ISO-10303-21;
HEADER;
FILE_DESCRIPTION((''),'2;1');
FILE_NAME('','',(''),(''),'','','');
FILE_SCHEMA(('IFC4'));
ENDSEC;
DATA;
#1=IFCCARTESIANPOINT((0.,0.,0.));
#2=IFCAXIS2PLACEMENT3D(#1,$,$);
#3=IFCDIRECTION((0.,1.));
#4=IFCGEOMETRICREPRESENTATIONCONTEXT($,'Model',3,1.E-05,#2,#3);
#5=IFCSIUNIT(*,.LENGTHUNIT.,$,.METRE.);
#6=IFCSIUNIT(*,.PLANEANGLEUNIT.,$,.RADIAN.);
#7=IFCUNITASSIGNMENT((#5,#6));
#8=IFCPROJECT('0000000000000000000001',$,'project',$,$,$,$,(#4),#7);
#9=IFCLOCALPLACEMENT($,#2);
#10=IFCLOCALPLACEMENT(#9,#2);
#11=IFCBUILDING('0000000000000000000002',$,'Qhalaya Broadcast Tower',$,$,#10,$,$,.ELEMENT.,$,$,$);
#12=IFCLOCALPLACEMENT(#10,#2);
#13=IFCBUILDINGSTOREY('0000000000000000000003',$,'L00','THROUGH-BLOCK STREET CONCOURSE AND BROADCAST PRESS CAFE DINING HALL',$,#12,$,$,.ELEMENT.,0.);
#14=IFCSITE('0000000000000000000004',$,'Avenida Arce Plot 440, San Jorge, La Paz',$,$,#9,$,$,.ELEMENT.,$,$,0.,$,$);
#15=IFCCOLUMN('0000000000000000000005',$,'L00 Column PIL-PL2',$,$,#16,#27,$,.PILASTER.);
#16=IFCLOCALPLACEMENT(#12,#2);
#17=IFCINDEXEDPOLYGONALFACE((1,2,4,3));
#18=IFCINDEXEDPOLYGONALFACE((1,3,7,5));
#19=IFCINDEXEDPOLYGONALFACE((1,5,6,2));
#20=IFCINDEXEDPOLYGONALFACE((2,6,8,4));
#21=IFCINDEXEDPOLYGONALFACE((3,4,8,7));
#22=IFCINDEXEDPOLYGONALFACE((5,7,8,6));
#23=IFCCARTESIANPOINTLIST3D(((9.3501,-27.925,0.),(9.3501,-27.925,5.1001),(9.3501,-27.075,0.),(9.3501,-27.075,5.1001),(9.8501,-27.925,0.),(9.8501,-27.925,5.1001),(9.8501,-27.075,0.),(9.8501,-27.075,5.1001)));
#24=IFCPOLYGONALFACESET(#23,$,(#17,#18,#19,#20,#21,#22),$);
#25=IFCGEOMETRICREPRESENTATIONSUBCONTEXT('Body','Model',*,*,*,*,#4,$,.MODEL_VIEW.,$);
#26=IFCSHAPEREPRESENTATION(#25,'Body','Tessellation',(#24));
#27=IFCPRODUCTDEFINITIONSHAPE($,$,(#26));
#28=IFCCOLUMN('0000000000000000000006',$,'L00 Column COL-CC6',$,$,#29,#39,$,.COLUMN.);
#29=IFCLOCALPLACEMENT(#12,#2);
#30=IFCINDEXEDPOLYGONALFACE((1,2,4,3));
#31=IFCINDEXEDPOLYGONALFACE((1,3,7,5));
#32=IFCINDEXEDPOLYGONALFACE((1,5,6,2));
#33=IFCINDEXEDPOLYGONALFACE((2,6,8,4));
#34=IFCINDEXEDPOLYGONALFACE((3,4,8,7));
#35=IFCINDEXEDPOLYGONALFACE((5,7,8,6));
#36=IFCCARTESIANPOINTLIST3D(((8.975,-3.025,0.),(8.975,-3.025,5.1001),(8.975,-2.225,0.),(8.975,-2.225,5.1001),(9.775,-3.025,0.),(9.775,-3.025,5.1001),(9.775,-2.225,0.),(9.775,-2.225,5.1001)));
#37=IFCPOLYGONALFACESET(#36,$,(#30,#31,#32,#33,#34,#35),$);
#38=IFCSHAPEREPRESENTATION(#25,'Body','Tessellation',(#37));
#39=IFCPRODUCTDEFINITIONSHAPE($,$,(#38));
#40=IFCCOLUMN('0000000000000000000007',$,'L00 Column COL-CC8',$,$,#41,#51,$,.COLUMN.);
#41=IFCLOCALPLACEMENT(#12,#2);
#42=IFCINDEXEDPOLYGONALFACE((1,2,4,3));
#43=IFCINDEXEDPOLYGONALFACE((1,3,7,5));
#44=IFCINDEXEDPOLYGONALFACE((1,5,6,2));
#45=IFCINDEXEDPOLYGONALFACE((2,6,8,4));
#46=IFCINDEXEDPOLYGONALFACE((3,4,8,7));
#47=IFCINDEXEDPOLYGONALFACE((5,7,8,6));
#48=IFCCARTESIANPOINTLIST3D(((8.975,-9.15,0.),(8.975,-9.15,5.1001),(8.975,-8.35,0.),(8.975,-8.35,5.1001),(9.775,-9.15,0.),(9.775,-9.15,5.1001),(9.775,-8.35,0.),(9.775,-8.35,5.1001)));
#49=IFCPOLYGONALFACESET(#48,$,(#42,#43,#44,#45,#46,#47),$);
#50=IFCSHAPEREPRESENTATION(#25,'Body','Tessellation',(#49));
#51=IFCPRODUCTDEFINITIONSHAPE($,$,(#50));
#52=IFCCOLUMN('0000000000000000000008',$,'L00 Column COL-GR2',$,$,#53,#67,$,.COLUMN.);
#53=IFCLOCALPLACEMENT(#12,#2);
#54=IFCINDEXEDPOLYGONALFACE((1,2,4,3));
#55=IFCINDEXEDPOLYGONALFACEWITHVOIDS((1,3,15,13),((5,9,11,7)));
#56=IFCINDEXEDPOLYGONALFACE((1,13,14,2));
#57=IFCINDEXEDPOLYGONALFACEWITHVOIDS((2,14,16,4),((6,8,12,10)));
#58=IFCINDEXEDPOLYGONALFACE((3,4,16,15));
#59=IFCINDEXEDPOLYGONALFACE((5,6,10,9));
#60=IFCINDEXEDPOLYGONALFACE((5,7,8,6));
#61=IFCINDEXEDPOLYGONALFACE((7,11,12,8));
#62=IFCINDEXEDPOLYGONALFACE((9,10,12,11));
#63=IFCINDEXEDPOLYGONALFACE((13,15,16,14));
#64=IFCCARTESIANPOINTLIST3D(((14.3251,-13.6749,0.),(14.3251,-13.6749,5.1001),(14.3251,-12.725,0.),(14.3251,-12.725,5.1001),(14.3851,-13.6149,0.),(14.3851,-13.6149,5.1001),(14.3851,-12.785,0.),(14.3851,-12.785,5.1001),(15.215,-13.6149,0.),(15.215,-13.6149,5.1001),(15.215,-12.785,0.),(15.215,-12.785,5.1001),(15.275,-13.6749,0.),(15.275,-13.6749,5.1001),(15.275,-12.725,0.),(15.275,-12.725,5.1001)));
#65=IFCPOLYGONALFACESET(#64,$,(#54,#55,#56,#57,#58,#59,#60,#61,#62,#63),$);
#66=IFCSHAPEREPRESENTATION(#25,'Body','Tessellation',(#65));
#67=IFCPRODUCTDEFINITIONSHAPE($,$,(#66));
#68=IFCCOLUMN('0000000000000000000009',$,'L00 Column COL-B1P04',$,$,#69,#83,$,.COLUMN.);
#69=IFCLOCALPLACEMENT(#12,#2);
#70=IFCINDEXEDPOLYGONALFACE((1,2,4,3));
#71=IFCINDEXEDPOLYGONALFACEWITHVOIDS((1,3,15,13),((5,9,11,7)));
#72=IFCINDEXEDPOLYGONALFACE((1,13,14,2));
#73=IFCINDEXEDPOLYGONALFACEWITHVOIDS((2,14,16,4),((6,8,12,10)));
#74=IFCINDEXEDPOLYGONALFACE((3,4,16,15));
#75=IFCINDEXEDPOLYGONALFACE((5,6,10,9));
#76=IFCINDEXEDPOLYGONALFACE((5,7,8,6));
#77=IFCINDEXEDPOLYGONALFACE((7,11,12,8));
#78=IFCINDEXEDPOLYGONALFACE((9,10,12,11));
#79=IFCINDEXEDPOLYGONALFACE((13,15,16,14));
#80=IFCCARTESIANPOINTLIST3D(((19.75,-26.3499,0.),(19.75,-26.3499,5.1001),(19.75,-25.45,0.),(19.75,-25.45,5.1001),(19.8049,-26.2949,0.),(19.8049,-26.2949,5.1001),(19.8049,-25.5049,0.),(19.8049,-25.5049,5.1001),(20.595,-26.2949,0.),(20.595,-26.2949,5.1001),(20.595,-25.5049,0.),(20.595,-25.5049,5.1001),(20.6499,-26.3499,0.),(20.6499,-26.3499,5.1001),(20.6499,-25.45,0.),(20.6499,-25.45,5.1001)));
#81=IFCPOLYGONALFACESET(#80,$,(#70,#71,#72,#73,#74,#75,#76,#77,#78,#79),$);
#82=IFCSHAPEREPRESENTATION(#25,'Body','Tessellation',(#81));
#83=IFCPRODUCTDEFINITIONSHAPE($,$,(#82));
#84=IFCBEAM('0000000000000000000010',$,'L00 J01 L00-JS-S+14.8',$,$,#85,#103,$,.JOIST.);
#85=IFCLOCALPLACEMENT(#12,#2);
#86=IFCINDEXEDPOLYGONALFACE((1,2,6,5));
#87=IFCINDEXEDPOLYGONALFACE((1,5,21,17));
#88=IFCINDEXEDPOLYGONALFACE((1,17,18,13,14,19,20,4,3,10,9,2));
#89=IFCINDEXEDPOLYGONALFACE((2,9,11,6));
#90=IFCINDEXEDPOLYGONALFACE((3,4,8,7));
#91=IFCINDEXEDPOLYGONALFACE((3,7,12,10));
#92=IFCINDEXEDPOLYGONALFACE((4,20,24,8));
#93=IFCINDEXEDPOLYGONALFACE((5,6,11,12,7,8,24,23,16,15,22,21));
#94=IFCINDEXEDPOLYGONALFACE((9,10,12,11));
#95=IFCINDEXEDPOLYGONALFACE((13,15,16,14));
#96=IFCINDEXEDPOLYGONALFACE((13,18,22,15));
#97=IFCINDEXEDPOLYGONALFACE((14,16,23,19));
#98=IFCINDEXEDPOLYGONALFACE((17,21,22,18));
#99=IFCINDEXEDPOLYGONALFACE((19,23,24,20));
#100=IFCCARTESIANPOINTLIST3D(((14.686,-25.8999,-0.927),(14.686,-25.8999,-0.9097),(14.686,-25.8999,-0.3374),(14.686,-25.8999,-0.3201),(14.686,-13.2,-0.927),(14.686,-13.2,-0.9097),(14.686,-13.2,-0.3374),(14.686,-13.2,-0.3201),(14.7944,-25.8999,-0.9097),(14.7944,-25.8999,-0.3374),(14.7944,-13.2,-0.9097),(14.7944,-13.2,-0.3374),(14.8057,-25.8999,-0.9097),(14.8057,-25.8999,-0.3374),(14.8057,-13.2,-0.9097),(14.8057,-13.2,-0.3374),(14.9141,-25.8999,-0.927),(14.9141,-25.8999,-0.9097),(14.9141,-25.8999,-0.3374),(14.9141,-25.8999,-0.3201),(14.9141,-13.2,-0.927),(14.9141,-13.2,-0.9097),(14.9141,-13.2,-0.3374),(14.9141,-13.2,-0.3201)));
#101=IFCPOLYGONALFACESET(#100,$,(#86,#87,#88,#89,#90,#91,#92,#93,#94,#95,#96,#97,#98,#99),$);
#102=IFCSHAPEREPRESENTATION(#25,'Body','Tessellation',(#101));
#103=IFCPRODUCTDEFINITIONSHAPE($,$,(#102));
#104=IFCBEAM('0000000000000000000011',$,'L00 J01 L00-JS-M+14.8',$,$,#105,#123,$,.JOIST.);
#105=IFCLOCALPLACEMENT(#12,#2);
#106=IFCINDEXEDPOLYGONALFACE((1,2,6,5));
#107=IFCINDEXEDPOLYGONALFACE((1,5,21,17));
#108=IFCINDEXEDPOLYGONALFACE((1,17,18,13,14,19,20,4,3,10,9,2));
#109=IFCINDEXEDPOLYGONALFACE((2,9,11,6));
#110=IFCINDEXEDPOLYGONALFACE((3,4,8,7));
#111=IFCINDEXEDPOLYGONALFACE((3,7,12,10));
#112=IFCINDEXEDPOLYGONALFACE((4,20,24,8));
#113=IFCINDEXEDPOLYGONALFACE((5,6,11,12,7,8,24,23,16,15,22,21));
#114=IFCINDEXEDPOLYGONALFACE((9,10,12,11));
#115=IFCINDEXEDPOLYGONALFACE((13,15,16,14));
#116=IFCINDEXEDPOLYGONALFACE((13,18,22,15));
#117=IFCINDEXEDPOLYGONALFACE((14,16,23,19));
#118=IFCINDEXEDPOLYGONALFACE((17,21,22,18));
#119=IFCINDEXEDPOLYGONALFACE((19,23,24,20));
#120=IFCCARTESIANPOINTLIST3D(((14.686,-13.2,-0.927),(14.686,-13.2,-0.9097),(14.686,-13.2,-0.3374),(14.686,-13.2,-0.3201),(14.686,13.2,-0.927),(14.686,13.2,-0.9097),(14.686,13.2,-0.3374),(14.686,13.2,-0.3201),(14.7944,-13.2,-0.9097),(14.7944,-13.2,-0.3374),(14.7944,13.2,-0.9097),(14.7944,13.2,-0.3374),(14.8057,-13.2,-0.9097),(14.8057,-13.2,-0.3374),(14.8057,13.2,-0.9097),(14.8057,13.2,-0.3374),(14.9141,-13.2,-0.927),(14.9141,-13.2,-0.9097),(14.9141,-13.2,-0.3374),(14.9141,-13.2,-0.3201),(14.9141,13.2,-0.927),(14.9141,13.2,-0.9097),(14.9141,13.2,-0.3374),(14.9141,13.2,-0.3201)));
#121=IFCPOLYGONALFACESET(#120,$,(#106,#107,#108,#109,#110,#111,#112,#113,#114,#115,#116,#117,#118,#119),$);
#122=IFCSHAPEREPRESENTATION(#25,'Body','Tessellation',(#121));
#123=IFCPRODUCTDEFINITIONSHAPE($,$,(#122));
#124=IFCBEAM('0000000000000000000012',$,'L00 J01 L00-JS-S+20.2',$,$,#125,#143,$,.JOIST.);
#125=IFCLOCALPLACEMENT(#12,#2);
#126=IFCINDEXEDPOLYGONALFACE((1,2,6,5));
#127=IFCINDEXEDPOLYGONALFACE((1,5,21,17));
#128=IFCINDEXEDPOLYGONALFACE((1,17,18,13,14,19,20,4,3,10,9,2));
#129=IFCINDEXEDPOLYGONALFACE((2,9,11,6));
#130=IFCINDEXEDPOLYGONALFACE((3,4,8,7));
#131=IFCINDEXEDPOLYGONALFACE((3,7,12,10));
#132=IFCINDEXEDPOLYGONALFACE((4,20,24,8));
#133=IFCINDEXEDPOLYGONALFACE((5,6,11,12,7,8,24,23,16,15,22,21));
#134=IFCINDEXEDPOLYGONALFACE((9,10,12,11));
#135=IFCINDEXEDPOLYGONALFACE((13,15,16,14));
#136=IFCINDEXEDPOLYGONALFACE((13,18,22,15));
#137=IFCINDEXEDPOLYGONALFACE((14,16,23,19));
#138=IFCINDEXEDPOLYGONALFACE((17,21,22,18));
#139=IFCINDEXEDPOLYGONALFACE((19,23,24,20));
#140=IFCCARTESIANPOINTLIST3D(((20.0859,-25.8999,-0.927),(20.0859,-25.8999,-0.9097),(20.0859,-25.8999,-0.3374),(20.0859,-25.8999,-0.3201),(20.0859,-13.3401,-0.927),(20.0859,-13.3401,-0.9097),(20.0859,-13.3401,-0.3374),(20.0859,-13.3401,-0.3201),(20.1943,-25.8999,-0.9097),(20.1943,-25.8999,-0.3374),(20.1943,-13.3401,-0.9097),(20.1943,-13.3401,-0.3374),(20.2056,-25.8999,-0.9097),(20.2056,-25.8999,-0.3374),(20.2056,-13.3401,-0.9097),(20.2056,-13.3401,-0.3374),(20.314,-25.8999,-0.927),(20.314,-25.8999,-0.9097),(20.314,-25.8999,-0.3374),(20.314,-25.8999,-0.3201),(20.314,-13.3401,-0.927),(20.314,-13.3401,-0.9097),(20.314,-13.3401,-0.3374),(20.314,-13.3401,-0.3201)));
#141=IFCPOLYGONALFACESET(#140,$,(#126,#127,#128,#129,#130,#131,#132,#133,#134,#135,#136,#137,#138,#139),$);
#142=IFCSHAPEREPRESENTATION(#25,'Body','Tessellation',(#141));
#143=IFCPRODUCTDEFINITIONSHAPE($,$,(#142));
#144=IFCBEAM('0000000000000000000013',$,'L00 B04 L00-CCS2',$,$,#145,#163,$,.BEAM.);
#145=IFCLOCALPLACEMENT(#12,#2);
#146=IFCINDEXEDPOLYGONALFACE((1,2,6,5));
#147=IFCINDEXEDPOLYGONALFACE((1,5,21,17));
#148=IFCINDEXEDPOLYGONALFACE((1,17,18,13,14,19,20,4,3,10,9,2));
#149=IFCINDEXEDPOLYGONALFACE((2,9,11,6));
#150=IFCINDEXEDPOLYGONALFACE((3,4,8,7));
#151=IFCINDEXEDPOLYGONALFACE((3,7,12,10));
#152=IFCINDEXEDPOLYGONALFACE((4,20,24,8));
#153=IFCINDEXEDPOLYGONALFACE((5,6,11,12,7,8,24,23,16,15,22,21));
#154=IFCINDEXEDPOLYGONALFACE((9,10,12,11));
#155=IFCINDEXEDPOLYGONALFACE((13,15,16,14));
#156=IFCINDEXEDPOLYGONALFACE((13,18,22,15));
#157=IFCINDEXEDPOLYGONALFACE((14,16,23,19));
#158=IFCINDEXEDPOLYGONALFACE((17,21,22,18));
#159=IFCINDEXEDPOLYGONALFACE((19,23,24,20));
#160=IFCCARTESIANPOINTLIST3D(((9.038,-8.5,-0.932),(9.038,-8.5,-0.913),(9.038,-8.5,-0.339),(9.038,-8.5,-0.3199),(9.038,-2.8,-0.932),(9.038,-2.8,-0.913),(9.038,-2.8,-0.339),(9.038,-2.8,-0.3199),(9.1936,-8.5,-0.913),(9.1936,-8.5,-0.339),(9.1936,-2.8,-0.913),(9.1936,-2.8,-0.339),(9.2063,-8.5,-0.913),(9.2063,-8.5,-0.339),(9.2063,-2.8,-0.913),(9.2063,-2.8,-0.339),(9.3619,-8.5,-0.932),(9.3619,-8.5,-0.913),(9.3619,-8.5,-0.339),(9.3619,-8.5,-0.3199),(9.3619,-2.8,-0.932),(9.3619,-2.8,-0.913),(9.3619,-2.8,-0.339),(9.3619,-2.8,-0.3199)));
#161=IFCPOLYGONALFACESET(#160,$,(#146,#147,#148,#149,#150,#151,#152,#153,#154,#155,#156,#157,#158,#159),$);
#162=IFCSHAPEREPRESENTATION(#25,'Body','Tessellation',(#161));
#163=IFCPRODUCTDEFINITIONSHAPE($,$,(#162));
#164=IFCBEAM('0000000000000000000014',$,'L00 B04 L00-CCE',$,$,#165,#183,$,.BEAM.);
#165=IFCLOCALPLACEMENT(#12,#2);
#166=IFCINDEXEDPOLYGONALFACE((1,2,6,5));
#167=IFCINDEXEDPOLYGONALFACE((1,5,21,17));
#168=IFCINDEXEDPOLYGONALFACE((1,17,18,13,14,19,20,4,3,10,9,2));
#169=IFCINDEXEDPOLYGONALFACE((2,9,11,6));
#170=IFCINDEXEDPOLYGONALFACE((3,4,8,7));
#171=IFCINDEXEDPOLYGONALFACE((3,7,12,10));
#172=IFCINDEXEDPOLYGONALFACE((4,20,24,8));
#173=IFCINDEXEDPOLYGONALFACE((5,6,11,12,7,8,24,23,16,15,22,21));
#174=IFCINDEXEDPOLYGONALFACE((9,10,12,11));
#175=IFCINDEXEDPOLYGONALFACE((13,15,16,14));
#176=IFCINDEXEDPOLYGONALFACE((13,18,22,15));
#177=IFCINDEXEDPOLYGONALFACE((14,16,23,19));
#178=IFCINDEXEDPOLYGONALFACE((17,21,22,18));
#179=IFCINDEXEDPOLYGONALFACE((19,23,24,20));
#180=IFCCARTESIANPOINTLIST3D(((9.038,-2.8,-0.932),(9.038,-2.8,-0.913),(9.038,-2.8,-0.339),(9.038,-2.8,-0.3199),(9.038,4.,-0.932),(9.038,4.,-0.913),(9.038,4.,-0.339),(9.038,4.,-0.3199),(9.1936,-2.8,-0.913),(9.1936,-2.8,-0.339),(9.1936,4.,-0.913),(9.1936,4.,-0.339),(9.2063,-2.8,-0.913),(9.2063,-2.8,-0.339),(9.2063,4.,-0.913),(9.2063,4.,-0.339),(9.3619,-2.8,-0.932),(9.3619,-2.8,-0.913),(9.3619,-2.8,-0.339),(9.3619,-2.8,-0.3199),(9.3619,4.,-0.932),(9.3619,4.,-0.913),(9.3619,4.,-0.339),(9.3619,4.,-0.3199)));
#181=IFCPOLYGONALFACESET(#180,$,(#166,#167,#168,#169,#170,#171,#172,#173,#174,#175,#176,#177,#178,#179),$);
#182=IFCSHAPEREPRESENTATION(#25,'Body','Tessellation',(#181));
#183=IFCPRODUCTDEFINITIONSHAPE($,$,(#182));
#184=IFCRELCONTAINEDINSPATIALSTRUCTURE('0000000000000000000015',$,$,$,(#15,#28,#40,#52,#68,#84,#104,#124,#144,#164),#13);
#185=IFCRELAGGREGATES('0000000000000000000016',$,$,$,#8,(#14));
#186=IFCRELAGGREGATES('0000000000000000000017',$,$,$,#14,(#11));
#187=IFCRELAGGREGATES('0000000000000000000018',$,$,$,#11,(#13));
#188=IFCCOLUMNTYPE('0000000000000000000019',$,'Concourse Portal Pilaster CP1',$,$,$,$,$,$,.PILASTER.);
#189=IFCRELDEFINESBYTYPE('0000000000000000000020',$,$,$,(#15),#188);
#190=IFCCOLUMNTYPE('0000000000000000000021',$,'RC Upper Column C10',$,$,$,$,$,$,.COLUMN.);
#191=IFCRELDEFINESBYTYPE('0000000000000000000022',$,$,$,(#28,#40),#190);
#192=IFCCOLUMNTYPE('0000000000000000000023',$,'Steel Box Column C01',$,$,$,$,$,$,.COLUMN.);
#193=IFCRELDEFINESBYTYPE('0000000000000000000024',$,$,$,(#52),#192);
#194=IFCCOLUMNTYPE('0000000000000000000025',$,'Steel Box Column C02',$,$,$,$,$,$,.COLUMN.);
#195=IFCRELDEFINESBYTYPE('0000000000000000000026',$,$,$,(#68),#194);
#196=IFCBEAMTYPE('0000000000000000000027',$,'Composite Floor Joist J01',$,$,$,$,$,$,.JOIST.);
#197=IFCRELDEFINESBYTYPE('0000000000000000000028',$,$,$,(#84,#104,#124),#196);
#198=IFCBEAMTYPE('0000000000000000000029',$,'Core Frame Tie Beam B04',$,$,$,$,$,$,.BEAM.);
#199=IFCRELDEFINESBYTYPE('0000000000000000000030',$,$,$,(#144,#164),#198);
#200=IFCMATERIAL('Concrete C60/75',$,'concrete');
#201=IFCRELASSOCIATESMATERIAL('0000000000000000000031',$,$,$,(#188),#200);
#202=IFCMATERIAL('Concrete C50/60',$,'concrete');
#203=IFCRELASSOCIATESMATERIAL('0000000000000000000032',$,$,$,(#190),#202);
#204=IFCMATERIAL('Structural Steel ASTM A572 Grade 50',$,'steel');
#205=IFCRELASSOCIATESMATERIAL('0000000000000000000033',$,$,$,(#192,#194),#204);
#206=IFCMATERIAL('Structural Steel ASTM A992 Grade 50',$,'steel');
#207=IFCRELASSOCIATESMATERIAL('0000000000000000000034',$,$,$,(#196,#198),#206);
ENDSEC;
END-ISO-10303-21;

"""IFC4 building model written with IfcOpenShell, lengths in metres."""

from ifc_helpers import new_model, si_unit, direction, frame, origin, origin_2d, place, context, subcontext, project, spatial, rectangle, hollow_rectangle, i_section, extrude, material, material_profile, profile_set, type_object, element, save


model = new_model("IFC4")

# Units and contexts
model_context = context("Model", 3, precision=1e-05, world=origin(), true_north=direction((0.0, 1.0)))
body_context = subcontext(model_context, "Body", "Model", "MODEL_VIEW")
ifc_project = project(units=[si_unit("LENGTHUNIT", "METRE"), si_unit("PLANEANGLEUNIT", "RADIAN")], contexts=[model_context])

# Site, building, storey
site_placement = place(None, origin())
site = spatial("IfcSite", under=ifc_project, at=site_placement, Name="Avenida Arce Plot 440, San Jorge, La Paz", CompositionType="ELEMENT", RefElevation=0.0)
building_placement = place(site_placement, origin())
building = spatial("IfcBuilding", under=site, at=building_placement, Name="Qhalaya Broadcast Tower", CompositionType="ELEMENT")
storey_placement = place(building_placement, origin())
storey = spatial("IfcBuildingStorey", under=building, at=storey_placement, Name="L00", Description="THROUGH-BLOCK STREET CONCOURSE AND BROADCAST PRESS CAFE DINING HALL", CompositionType="ELEMENT", Elevation=0.0)

# Columns
ifc_material_1 = material(Name="Concrete C60/75", Category="concrete")
ifc_material_profile_1 = material_profile(ifc_material_1, rectangle(XDim=0.5, YDim=0.8501, at=origin_2d()), Name="RC-PIL 500x850")
ifc_profile_set_1 = profile_set([ifc_material_profile_1], Name="Concrete C60/75")
column_type_1 = type_object("IfcColumnType", Name="Concourse Portal Pilaster CP1", PredefinedType="PILASTER", material=ifc_profile_set_1)
column_1_placement = place(storey_placement, frame((9.6001, -27.5, 0.0), z_axis=(0.0, 0.0, 1.0), x_axis=(1.0, 0.0, 0.0)))
element("IfcColumn", 1, at=column_1_placement, inside=storey, type_object=column_type_1, Name="L00 Column PIL-PL2", PredefinedType="PILASTER", context=body_context, shape_type="SweptSolid", body=[
    extrude(rectangle(XDim=0.5, YDim=0.8501, at=origin_2d()), origin(), (0.0, 0.0, 1.0), 5.1001),
])
ifc_material_2 = material(Name="Concrete C50/60", Category="concrete")
ifc_material_profile_2 = material_profile(ifc_material_2, rectangle(XDim=0.8, YDim=0.8, at=origin_2d()), Name="RC-COL 800x800")
ifc_profile_set_2 = profile_set([ifc_material_profile_2], Name="Concrete C50/60")
column_type_2 = type_object("IfcColumnType", Name="RC Upper Column C10", PredefinedType="COLUMN", material=ifc_profile_set_2)
for number, where, z_axis, x_axis, name in (
    (2, (9.375, -2.625, 0.0), (0.0, 0.0, 1.0), (1.0, 0.0, 0.0), "L00 Column COL-CC6"),
    (3, (9.375, -8.75, 0.0), (0.0, 0.0, 1.0), (1.0, 0.0, 0.0), "L00 Column COL-CC8"),
):
    element("IfcColumn", number, at=place(storey_placement, frame(where, z_axis=z_axis, x_axis=x_axis)), inside=storey, type_object=column_type_2, Name=name, PredefinedType="COLUMN", context=body_context, shape_type="SweptSolid", body=[
        extrude(rectangle(XDim=0.8, YDim=0.8, at=origin_2d()), origin(), (0.0, 0.0, 1.0), 5.1001),
    ])
ifc_material_3 = material(Name="Structural Steel ASTM A572 Grade 50", Category="steel")
ifc_material_profile_3 = material_profile(ifc_material_3, hollow_rectangle(XDim=0.95, YDim=0.95, WallThickness=0.0601, at=origin_2d()), Name="BOX 950x950x60")
ifc_profile_set_3 = profile_set([ifc_material_profile_3], Name="Structural Steel ASTM A572 Grade 50")
column_type_3 = type_object("IfcColumnType", Name="Steel Box Column C01", PredefinedType="COLUMN", material=ifc_profile_set_3)
column_2_placement = place(storey_placement, frame((14.8, -13.2, 0.0), z_axis=(0.0, 0.0, 1.0), x_axis=(1.0, 0.0, 0.0)))
element("IfcColumn", 4, at=column_2_placement, inside=storey, type_object=column_type_3, Name="L00 Column COL-GR2", PredefinedType="COLUMN", context=body_context, shape_type="SweptSolid", body=[
    extrude(hollow_rectangle(XDim=0.95, YDim=0.95, WallThickness=0.0601, at=origin_2d()), origin(), (0.0, 0.0, 1.0), 5.1001),
])
ifc_material_profile_4 = material_profile(ifc_material_3, hollow_rectangle(XDim=0.8999, YDim=0.8999, WallThickness=0.0549, at=origin_2d()), Name="BOX 900x900x55")
ifc_profile_set_4 = profile_set([ifc_material_profile_4], Name="Structural Steel ASTM A572 Grade 50")
column_type_4 = type_object("IfcColumnType", Name="Steel Box Column C02", PredefinedType="COLUMN", material=ifc_profile_set_4)
column_3_placement = place(storey_placement, frame((20.2, -25.8999, 0.0), z_axis=(0.0, 0.0, 1.0), x_axis=(1.0, 0.0, 0.0)))
element("IfcColumn", 5, at=column_3_placement, inside=storey, type_object=column_type_4, Name="L00 Column COL-B1P04", PredefinedType="COLUMN", context=body_context, shape_type="SweptSolid", body=[
    extrude(hollow_rectangle(XDim=0.8999, YDim=0.8999, WallThickness=0.0549, at=origin_2d()), origin(), (0.0, 0.0, 1.0), 5.1001),
])

# Beams
ifc_material_4 = material(Name="Structural Steel ASTM A992 Grade 50", Category="steel")
ifc_material_profile_5 = material_profile(ifc_material_4, i_section(OverallWidth=0.228, OverallDepth=0.6069, WebThickness=0.0112, FlangeThickness=0.0173, at=origin_2d()), Name="W24X76")
ifc_profile_set_5 = profile_set([ifc_material_profile_5], Name="Structural Steel ASTM A992 Grade 50")
beam_type_1 = type_object("IfcBeamType", Name="Composite Floor Joist J01", PredefinedType="JOIST", material=ifc_profile_set_5)
beam_1_placement = place(storey_placement, frame((14.8, -25.8999, -0.6235), z_axis=(0.0, 1.0, 0.0), x_axis=(-1.0, 0.0, 0.0)))
element("IfcBeam", 6, at=beam_1_placement, inside=storey, type_object=beam_type_1, Name="L00 J01 L00-JS-S+14.8", PredefinedType="JOIST", context=body_context, shape_type="SweptSolid", body=[
    extrude(i_section(OverallWidth=0.228, OverallDepth=0.6069, WebThickness=0.0112, FlangeThickness=0.0173, at=origin_2d()), origin(), (0.0, 0.0, 1.0), 12.7),
])
beam_2_placement = place(storey_placement, frame((14.8, -13.2, -0.6235), z_axis=(0.0, 1.0, 0.0), x_axis=(-1.0, 0.0, 0.0)))
element("IfcBeam", 7, at=beam_2_placement, inside=storey, type_object=beam_type_1, Name="L00 J01 L00-JS-M+14.8", PredefinedType="JOIST", context=body_context, shape_type="SweptSolid", body=[
    extrude(i_section(OverallWidth=0.228, OverallDepth=0.6069, WebThickness=0.0112, FlangeThickness=0.0173, at=origin_2d()), origin(), (0.0, 0.0, 1.0), 26.3999),
])
beam_3_placement = place(storey_placement, frame((20.2, -25.8999, -0.6235), z_axis=(0.0, 1.0, 0.0), x_axis=(-1.0, 0.0, 0.0)))
element("IfcBeam", 8, at=beam_3_placement, inside=storey, type_object=beam_type_1, Name="L00 J01 L00-JS-S+20.2", PredefinedType="JOIST", context=body_context, shape_type="SweptSolid", body=[
    extrude(i_section(OverallWidth=0.228, OverallDepth=0.6069, WebThickness=0.0112, FlangeThickness=0.0173, at=origin_2d()), origin(), (0.0, 0.0, 1.0), 12.5598),
])
ifc_material_profile_6 = material_profile(ifc_material_4, i_section(OverallWidth=0.324, OverallDepth=0.6121, WebThickness=0.0127, FlangeThickness=0.019, at=origin_2d()), Name="W24X104")
ifc_profile_set_6 = profile_set([ifc_material_profile_6], Name="Structural Steel ASTM A992 Grade 50")
beam_type_2 = type_object("IfcBeamType", Name="Core Frame Tie Beam B04", PredefinedType="BEAM", material=ifc_profile_set_6)
beam_4_placement = place(storey_placement, frame((9.2, -8.5, -0.626), z_axis=(0.0, 1.0, 0.0), x_axis=(-1.0, 0.0, 0.0)))
element("IfcBeam", 9, at=beam_4_placement, inside=storey, type_object=beam_type_2, Name="L00 B04 L00-CCS2", PredefinedType="BEAM", context=body_context, shape_type="SweptSolid", body=[
    extrude(i_section(OverallWidth=0.324, OverallDepth=0.6121, WebThickness=0.0127, FlangeThickness=0.019, at=origin_2d()), origin(), (0.0, 0.0, 1.0), 5.7),
])
beam_5_placement = place(storey_placement, frame((9.2, -2.8, -0.626), z_axis=(0.0, 1.0, 0.0), x_axis=(-1.0, 0.0, 0.0)))
element("IfcBeam", 10, at=beam_5_placement, inside=storey, type_object=beam_type_2, Name="L00 B04 L00-CCE", PredefinedType="BEAM", context=body_context, shape_type="SweptSolid", body=[
    extrude(i_section(OverallWidth=0.324, OverallDepth=0.6121, WebThickness=0.0127, FlangeThickness=0.019, at=origin_2d()), origin(), (0.0, 0.0, 1.0), 6.8),
])

save(model, "model.ifc")
